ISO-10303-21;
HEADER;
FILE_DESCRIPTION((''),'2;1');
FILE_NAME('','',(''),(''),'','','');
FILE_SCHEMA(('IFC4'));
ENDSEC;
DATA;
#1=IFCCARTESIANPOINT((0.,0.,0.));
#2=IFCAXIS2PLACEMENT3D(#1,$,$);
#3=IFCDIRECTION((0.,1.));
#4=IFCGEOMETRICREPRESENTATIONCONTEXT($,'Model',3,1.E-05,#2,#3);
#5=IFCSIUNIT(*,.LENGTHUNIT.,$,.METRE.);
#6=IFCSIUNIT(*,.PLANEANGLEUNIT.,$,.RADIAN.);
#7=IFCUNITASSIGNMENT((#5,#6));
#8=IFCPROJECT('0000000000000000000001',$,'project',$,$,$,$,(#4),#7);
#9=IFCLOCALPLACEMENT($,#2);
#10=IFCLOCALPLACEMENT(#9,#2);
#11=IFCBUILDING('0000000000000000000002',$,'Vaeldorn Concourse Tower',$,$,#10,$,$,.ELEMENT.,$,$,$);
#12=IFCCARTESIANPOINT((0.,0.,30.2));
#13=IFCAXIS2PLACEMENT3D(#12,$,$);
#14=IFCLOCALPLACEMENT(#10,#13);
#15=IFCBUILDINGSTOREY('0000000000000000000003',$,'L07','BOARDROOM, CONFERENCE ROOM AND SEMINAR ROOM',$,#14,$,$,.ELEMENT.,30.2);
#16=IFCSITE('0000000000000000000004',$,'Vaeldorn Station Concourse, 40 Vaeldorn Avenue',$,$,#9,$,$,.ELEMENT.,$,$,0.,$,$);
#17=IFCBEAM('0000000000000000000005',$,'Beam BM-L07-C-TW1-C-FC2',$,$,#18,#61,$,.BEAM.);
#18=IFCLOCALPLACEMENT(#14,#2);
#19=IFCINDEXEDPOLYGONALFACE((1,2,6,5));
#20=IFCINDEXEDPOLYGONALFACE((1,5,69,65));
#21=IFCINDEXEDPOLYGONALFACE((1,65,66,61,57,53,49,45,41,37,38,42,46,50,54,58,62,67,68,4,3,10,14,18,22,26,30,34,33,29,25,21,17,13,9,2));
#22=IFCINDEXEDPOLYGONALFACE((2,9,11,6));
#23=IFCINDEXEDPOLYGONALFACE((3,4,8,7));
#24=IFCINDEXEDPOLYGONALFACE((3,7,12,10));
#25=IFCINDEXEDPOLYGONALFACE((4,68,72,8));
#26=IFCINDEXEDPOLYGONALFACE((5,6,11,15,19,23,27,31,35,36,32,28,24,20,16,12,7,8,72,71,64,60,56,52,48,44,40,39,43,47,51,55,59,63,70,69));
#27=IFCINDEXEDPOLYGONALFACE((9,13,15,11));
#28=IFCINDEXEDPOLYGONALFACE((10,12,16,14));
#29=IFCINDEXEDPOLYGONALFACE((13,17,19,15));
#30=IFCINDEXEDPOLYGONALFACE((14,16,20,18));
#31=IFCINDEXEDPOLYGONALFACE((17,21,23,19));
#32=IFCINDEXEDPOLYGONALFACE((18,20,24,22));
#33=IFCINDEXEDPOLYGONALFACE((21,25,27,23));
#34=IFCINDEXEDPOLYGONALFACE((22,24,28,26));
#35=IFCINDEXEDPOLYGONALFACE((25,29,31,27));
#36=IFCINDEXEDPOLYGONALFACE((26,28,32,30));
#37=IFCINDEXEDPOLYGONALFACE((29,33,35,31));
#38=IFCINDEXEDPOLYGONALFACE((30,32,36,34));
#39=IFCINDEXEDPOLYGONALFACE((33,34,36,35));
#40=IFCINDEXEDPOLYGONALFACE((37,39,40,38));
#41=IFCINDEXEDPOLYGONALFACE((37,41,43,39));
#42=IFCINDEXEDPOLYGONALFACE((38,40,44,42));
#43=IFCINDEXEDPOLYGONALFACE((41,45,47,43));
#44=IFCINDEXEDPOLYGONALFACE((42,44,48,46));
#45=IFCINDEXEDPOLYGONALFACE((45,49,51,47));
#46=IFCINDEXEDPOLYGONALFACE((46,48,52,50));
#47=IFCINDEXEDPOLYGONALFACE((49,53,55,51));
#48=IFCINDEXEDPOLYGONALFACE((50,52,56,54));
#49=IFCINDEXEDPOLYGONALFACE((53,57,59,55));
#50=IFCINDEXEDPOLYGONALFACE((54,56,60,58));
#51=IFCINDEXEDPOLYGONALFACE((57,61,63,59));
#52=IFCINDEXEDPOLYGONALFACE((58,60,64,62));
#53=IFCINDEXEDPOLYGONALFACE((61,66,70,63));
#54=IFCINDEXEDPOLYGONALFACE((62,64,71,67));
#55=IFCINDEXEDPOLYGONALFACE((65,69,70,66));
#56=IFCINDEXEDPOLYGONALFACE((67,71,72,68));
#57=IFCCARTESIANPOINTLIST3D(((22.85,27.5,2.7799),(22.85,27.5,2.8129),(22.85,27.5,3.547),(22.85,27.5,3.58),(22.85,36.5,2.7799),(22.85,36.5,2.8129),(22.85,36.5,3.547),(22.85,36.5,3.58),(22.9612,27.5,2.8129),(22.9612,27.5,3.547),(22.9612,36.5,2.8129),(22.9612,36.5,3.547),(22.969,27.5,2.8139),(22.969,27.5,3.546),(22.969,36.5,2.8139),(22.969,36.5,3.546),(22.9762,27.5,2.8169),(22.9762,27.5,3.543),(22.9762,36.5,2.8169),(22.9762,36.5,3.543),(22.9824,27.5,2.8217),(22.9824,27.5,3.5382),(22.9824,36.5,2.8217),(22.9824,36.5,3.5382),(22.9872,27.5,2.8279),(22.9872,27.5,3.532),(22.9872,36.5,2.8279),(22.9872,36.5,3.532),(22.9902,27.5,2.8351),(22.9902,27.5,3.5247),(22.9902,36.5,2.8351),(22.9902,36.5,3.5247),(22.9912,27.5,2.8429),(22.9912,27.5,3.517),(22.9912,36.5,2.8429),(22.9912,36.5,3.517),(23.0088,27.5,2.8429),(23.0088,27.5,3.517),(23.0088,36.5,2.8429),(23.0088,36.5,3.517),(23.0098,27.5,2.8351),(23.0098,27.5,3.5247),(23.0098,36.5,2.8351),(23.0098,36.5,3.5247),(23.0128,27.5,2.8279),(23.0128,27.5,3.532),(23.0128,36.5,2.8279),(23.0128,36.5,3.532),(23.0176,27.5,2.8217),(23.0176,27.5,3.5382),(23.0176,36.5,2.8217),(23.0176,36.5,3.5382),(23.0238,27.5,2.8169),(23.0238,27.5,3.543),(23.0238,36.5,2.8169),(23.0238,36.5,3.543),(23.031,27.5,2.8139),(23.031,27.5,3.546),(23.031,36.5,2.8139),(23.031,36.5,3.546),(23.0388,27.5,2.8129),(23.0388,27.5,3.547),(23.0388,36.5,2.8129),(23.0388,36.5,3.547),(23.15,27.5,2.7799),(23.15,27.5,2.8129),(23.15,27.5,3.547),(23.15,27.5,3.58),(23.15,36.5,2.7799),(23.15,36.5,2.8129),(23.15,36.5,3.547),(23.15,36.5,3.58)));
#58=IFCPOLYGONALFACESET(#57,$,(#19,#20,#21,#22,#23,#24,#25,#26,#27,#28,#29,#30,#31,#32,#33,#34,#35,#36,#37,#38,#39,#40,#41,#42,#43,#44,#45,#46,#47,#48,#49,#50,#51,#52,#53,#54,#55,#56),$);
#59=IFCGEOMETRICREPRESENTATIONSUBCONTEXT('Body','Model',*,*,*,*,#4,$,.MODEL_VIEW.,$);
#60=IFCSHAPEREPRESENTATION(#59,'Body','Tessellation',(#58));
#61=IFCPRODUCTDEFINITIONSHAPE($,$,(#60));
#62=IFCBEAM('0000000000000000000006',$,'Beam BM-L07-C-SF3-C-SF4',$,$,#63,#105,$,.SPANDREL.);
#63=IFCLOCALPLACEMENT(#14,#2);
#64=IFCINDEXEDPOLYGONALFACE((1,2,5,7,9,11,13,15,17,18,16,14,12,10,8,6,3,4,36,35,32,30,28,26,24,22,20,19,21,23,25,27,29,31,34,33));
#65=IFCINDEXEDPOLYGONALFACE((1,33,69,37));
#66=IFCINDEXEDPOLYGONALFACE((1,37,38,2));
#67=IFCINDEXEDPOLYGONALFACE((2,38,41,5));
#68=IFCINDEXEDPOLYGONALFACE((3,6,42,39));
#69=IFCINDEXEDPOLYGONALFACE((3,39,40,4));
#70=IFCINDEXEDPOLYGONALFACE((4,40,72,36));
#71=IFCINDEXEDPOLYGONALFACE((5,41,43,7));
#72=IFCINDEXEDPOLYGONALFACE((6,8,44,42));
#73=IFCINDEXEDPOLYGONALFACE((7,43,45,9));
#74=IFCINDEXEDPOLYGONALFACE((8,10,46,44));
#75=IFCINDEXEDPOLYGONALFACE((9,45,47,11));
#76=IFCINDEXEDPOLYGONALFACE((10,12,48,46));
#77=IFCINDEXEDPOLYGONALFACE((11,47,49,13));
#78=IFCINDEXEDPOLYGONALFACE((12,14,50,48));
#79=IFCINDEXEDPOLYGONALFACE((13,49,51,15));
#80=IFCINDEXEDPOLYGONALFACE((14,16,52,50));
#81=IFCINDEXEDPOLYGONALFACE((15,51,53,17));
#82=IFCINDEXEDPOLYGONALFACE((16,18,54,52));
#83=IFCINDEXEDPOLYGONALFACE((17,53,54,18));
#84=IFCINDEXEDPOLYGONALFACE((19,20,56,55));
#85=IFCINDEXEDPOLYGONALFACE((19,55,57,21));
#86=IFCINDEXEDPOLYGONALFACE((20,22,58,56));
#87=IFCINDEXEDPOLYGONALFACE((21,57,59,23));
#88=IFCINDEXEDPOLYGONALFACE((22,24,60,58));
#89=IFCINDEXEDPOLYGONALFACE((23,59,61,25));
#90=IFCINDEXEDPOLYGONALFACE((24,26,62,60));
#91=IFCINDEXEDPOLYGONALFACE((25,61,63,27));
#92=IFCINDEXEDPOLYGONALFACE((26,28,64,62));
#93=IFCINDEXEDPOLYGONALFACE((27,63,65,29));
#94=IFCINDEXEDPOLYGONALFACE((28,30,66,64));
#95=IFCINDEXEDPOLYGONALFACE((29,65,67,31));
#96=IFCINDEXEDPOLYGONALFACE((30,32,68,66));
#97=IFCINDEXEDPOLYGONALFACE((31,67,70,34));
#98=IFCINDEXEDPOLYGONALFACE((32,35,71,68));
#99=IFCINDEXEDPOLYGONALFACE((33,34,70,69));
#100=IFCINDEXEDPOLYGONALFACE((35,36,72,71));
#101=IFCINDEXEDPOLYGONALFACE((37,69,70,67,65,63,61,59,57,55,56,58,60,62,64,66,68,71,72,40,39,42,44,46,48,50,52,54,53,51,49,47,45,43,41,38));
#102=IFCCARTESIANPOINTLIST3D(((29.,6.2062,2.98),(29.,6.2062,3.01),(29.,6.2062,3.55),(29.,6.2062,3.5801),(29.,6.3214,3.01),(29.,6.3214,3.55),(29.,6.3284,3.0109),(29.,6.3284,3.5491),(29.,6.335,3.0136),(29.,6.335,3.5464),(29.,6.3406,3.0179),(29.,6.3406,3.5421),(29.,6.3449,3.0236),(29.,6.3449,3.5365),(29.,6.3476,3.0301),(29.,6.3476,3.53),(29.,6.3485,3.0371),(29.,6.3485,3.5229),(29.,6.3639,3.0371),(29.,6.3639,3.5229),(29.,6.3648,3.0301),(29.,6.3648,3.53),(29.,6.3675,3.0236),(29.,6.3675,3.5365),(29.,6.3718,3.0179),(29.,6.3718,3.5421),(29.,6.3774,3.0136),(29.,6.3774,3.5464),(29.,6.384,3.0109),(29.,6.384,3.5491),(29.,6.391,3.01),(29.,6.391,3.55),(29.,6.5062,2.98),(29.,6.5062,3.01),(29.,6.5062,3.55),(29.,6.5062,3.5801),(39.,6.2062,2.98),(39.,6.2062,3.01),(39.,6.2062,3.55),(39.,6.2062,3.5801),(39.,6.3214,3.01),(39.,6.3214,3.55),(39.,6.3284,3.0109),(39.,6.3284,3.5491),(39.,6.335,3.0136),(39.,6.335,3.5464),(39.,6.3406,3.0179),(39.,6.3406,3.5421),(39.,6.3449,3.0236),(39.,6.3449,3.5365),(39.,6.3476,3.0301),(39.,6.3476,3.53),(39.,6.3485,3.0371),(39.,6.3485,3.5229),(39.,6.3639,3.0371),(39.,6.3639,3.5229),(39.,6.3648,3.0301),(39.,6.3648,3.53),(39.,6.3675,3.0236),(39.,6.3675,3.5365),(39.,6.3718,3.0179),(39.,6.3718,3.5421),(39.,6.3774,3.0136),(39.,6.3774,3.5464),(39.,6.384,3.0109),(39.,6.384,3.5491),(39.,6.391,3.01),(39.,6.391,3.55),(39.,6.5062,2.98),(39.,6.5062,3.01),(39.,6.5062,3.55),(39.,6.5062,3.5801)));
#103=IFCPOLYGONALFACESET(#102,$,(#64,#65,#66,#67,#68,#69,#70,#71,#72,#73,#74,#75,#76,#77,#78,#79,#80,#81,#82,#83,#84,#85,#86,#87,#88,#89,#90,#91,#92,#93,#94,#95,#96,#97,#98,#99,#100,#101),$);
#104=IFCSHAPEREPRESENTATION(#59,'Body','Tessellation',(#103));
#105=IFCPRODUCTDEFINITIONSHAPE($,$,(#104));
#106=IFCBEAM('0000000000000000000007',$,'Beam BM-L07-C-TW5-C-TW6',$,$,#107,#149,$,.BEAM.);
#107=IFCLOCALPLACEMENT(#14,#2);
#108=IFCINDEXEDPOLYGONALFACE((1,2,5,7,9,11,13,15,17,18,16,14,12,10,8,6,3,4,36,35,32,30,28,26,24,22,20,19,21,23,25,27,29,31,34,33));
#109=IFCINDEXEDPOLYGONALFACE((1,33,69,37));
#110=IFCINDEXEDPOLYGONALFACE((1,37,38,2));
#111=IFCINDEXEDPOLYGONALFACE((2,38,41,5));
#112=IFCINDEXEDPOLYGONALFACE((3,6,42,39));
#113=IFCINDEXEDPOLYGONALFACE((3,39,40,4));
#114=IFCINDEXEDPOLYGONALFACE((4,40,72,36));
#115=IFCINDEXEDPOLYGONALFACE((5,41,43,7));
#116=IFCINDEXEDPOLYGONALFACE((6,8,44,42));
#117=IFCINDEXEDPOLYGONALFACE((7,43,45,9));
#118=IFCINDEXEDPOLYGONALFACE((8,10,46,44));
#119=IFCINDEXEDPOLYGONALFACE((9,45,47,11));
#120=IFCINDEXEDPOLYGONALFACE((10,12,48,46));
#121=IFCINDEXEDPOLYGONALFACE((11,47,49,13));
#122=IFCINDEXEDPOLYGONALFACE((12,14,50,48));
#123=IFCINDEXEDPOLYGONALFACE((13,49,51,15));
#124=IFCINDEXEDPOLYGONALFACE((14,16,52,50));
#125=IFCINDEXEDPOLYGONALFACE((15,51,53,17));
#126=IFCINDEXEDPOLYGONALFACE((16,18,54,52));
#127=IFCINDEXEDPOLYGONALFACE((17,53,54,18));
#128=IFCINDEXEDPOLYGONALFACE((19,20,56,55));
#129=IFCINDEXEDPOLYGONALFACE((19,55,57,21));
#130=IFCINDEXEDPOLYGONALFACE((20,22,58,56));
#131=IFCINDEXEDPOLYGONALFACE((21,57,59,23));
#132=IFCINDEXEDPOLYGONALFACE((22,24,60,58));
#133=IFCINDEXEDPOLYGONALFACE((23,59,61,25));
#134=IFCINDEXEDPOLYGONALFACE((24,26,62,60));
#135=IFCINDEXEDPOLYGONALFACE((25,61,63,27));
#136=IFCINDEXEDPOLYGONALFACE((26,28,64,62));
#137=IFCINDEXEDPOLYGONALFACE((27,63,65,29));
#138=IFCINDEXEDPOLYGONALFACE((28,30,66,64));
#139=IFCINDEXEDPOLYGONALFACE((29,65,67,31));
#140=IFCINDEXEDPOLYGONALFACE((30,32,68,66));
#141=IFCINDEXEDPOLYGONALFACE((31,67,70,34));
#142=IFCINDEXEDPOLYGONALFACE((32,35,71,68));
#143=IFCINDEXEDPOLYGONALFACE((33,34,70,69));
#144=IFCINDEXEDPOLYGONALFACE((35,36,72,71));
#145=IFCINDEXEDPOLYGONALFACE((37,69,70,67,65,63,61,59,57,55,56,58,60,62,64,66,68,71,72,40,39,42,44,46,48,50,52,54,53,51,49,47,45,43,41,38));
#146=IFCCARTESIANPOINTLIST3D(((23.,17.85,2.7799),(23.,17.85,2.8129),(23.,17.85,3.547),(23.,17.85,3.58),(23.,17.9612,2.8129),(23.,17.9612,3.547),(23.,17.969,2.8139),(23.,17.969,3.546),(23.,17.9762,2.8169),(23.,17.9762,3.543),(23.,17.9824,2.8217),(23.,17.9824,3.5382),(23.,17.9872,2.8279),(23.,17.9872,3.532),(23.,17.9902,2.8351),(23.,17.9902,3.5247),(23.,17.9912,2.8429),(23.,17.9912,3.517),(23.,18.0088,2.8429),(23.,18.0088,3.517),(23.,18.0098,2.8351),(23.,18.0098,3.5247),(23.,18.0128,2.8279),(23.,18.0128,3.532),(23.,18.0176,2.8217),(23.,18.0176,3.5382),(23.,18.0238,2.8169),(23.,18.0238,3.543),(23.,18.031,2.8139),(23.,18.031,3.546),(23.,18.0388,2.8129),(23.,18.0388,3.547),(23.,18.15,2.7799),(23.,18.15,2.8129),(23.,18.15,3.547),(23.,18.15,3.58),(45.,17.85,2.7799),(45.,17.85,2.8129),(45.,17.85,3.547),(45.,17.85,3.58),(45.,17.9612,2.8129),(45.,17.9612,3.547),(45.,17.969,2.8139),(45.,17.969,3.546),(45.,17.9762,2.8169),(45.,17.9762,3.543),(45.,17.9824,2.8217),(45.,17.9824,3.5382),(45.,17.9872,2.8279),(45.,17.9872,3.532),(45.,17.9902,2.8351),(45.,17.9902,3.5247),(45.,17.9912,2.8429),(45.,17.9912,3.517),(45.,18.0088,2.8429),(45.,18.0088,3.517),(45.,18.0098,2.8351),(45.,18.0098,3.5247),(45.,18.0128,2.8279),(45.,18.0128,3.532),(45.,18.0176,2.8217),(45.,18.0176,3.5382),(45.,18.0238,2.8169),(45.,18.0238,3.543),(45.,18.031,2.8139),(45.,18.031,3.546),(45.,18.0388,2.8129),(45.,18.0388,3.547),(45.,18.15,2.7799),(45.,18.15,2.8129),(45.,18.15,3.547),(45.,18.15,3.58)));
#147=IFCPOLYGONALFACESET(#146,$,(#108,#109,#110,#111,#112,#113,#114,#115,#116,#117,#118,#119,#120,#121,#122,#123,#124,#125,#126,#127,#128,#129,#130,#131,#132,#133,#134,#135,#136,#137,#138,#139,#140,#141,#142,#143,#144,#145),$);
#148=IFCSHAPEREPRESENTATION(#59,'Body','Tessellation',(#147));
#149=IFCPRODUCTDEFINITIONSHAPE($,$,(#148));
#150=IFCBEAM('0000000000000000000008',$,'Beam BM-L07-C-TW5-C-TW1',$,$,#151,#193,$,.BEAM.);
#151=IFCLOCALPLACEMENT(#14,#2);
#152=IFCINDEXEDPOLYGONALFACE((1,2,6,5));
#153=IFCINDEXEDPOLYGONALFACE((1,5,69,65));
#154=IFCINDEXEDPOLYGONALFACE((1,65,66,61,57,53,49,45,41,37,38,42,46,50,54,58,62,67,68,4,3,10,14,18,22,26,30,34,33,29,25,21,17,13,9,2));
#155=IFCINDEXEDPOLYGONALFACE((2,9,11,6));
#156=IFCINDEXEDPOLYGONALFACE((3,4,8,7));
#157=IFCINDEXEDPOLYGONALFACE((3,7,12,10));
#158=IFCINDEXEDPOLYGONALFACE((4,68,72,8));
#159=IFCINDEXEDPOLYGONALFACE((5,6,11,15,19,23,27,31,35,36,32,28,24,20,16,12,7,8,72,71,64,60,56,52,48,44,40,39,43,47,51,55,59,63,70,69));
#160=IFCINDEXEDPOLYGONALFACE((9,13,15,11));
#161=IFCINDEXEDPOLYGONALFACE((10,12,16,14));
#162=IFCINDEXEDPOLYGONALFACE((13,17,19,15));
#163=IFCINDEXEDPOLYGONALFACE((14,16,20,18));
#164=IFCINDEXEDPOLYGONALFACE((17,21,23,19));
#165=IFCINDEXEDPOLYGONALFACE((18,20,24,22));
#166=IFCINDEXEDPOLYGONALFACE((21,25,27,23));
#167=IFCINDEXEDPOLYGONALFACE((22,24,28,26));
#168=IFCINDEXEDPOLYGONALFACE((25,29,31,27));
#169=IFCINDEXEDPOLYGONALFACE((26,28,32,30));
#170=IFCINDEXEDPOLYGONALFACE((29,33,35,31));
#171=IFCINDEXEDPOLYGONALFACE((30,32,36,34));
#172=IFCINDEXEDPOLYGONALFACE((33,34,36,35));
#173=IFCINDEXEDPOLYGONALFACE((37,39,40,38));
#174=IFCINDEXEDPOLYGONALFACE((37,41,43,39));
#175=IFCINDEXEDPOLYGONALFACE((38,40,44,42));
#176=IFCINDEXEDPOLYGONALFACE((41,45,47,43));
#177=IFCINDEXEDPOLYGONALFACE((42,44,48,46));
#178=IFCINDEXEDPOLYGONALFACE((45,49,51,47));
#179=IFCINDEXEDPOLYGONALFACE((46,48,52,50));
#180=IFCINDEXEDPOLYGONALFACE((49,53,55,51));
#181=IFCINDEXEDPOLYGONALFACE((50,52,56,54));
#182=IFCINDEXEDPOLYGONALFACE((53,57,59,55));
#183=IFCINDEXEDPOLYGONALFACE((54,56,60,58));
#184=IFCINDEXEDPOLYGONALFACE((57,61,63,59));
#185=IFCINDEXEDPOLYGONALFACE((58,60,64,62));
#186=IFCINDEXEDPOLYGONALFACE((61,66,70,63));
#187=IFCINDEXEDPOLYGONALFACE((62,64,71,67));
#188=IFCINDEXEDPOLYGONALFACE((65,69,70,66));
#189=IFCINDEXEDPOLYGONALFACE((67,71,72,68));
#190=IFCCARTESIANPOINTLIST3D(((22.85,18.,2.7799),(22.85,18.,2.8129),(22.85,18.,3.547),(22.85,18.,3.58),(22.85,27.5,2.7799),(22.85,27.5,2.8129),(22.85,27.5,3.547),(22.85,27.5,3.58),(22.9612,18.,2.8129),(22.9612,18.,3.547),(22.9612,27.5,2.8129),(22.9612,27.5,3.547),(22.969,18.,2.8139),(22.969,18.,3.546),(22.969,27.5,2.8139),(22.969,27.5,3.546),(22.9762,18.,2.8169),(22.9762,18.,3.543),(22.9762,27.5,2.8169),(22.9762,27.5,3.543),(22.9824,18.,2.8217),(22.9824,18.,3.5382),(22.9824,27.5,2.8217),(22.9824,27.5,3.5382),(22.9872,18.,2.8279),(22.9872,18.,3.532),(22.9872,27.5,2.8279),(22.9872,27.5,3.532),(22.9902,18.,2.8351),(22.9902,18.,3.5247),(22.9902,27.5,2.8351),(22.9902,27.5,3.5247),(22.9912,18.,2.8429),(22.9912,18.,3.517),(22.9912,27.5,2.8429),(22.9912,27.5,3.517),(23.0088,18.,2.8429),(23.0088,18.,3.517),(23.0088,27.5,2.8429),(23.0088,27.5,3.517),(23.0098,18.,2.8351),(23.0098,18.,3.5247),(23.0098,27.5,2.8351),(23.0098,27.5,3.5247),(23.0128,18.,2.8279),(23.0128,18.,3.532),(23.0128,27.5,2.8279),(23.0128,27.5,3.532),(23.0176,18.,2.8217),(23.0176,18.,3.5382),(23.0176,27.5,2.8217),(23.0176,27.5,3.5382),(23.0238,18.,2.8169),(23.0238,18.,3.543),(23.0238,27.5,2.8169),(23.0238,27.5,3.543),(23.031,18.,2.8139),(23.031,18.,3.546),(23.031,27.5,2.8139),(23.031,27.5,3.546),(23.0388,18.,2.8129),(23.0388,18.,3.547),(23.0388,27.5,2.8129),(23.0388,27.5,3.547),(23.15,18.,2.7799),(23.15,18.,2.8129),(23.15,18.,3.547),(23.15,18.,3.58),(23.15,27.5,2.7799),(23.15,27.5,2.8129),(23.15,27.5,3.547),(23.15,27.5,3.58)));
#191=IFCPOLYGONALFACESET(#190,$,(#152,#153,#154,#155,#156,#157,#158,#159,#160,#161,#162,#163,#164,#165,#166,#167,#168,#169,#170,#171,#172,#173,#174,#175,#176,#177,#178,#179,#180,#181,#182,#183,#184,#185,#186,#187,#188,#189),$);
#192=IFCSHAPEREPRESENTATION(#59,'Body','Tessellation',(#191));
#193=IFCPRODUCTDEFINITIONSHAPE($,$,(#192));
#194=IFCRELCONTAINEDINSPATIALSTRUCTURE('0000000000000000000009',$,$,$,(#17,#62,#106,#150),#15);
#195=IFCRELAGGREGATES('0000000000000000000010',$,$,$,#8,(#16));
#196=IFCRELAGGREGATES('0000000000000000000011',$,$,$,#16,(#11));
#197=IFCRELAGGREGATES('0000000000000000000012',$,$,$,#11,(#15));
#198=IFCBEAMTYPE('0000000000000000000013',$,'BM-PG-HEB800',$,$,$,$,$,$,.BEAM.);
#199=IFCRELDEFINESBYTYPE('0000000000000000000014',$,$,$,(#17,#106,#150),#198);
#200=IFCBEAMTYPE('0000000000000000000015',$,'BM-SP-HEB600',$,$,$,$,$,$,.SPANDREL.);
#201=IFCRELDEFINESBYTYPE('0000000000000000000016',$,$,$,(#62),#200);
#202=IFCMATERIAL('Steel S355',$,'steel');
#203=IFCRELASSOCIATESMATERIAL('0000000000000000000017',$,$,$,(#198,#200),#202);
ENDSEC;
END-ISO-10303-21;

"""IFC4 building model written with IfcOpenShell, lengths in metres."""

from ifc_helpers import new_model, si_unit, direction, frame, origin, origin_2d, place, context, subcontext, project, spatial, i_section, extrude, source, transform, mapped, material, material_profile, profile_set, type_object, element, save


model = new_model("IFC4")

# Units and contexts
model_context = context("Model", 3, precision=1e-05, world=origin(), true_north=direction((0.0, 1.0)))
body_context = subcontext(model_context, "Body", "Model", "MODEL_VIEW")
ifc_project = project(units=[si_unit("LENGTHUNIT", "METRE"), si_unit("PLANEANGLEUNIT", "RADIAN")], contexts=[model_context])

# Site, building, storey
site_placement = place(None, origin())
site = spatial("IfcSite", under=ifc_project, at=site_placement, Name="Vaeldorn Station Concourse, 40 Vaeldorn Avenue", CompositionType="ELEMENT", RefElevation=0.0)
building_placement = place(site_placement, origin())
building = spatial("IfcBuilding", under=site, at=building_placement, Name="Vaeldorn Concourse Tower", CompositionType="ELEMENT")
storey_placement = place(building_placement, frame((0.0, 0.0, 30.2)))
storey = spatial("IfcBuildingStorey", under=building, at=storey_placement, Name="L07", Description="BOARDROOM, CONFERENCE ROOM AND SEMINAR ROOM", CompositionType="ELEMENT", Elevation=30.2)

# Beams
ifc_material_1 = material(Name="Steel S355", Category="steel")
ifc_material_profile_1 = material_profile(ifc_material_1, i_section(OverallWidth=0.3, OverallDepth=0.8, WebThickness=0.0176, FlangeThickness=0.033, FilletRadius=0.03, at=origin_2d()), Name="HEB 800")
ifc_profile_set_1 = profile_set([ifc_material_profile_1], Name="Steel S355")
beam_type_1 = type_object("IfcBeamType", Name="BM-PG-HEB800", PredefinedType="BEAM", material=ifc_profile_set_1)
shared_shape_1 = source(origin(), body_context, "Body", "SweptSolid", [
    extrude(i_section(OverallWidth=0.3, OverallDepth=0.8, WebThickness=0.0176, FlangeThickness=0.033, FilletRadius=0.03, at=origin_2d()), origin(), (0.0, 0.0, 1.0), 9.0),
])
beam_1_placement = place(storey_placement, frame((23.0, 27.5, 3.1799), z_axis=(0.0, 1.0, 0.0), x_axis=(-1.0, 0.0, 0.0)))
element("IfcBeam", 1, at=beam_1_placement, inside=storey, type_object=beam_type_1, Name="Beam BM-L07-C-TW1-C-FC2", PredefinedType="BEAM", context=body_context, shape_type="MappedRepresentation", body=[
    mapped(shared_shape_1, transform((0.0, 0.0, 0.0), scale=1.0)),
])
ifc_material_profile_2 = material_profile(ifc_material_1, i_section(OverallWidth=0.3, OverallDepth=0.6001, WebThickness=0.0154, FlangeThickness=0.03, FilletRadius=0.0271, at=origin_2d()), Name="HEB 600")
ifc_profile_set_2 = profile_set([ifc_material_profile_2], Name="Steel S355")
beam_type_2 = type_object("IfcBeamType", Name="BM-SP-HEB600", PredefinedType="SPANDREL", material=ifc_profile_set_2)
shared_shape_2 = source(origin(), body_context, "Body", "SweptSolid", [
    extrude(i_section(OverallWidth=0.3, OverallDepth=0.6001, WebThickness=0.0154, FlangeThickness=0.03, FilletRadius=0.0271, at=origin_2d()), origin(), (0.0, 0.0, 1.0), 10.0),
])
beam_2_placement = place(storey_placement, frame((29.0, 6.3562, 3.28), z_axis=(1.0, 0.0, 0.0), x_axis=(0.0, 1.0, 0.0)))
element("IfcBeam", 2, at=beam_2_placement, inside=storey, type_object=beam_type_2, Name="Beam BM-L07-C-SF3-C-SF4", PredefinedType="SPANDREL", context=body_context, shape_type="MappedRepresentation", body=[
    mapped(shared_shape_2, transform((0.0, 0.0, 0.0), scale=1.0)),
])
shared_shape_3 = source(origin(), body_context, "Body", "SweptSolid", [
    extrude(i_section(OverallWidth=0.3, OverallDepth=0.8, WebThickness=0.0176, FlangeThickness=0.033, FilletRadius=0.03, at=origin_2d()), origin(), (0.0, 0.0, 1.0), 22.0),
])
beam_3_placement = place(storey_placement, frame((23.0, 18.0, 3.1799), z_axis=(1.0, 0.0, 0.0), x_axis=(0.0, 1.0, 0.0)))
element("IfcBeam", 3, at=beam_3_placement, inside=storey, type_object=beam_type_1, Name="Beam BM-L07-C-TW5-C-TW6", PredefinedType="BEAM", context=body_context, shape_type="MappedRepresentation", body=[
    mapped(shared_shape_3, transform((0.0, 0.0, 0.0), scale=1.0)),
])
shared_shape_4 = source(origin(), body_context, "Body", "SweptSolid", [
    extrude(i_section(OverallWidth=0.3, OverallDepth=0.8, WebThickness=0.0176, FlangeThickness=0.033, FilletRadius=0.03, at=origin_2d()), origin(), (0.0, 0.0, 1.0), 9.5),
])
beam_4_placement = place(storey_placement, frame((23.0, 18.0, 3.1799), z_axis=(0.0, 1.0, 0.0), x_axis=(-1.0, 0.0, 0.0)))
element("IfcBeam", 4, at=beam_4_placement, inside=storey, type_object=beam_type_1, Name="Beam BM-L07-C-TW5-C-TW1", PredefinedType="BEAM", context=body_context, shape_type="MappedRepresentation", body=[
    mapped(shared_shape_4, transform((0.0, 0.0, 0.0), scale=1.0)),
])

save(model, "model.ifc")
